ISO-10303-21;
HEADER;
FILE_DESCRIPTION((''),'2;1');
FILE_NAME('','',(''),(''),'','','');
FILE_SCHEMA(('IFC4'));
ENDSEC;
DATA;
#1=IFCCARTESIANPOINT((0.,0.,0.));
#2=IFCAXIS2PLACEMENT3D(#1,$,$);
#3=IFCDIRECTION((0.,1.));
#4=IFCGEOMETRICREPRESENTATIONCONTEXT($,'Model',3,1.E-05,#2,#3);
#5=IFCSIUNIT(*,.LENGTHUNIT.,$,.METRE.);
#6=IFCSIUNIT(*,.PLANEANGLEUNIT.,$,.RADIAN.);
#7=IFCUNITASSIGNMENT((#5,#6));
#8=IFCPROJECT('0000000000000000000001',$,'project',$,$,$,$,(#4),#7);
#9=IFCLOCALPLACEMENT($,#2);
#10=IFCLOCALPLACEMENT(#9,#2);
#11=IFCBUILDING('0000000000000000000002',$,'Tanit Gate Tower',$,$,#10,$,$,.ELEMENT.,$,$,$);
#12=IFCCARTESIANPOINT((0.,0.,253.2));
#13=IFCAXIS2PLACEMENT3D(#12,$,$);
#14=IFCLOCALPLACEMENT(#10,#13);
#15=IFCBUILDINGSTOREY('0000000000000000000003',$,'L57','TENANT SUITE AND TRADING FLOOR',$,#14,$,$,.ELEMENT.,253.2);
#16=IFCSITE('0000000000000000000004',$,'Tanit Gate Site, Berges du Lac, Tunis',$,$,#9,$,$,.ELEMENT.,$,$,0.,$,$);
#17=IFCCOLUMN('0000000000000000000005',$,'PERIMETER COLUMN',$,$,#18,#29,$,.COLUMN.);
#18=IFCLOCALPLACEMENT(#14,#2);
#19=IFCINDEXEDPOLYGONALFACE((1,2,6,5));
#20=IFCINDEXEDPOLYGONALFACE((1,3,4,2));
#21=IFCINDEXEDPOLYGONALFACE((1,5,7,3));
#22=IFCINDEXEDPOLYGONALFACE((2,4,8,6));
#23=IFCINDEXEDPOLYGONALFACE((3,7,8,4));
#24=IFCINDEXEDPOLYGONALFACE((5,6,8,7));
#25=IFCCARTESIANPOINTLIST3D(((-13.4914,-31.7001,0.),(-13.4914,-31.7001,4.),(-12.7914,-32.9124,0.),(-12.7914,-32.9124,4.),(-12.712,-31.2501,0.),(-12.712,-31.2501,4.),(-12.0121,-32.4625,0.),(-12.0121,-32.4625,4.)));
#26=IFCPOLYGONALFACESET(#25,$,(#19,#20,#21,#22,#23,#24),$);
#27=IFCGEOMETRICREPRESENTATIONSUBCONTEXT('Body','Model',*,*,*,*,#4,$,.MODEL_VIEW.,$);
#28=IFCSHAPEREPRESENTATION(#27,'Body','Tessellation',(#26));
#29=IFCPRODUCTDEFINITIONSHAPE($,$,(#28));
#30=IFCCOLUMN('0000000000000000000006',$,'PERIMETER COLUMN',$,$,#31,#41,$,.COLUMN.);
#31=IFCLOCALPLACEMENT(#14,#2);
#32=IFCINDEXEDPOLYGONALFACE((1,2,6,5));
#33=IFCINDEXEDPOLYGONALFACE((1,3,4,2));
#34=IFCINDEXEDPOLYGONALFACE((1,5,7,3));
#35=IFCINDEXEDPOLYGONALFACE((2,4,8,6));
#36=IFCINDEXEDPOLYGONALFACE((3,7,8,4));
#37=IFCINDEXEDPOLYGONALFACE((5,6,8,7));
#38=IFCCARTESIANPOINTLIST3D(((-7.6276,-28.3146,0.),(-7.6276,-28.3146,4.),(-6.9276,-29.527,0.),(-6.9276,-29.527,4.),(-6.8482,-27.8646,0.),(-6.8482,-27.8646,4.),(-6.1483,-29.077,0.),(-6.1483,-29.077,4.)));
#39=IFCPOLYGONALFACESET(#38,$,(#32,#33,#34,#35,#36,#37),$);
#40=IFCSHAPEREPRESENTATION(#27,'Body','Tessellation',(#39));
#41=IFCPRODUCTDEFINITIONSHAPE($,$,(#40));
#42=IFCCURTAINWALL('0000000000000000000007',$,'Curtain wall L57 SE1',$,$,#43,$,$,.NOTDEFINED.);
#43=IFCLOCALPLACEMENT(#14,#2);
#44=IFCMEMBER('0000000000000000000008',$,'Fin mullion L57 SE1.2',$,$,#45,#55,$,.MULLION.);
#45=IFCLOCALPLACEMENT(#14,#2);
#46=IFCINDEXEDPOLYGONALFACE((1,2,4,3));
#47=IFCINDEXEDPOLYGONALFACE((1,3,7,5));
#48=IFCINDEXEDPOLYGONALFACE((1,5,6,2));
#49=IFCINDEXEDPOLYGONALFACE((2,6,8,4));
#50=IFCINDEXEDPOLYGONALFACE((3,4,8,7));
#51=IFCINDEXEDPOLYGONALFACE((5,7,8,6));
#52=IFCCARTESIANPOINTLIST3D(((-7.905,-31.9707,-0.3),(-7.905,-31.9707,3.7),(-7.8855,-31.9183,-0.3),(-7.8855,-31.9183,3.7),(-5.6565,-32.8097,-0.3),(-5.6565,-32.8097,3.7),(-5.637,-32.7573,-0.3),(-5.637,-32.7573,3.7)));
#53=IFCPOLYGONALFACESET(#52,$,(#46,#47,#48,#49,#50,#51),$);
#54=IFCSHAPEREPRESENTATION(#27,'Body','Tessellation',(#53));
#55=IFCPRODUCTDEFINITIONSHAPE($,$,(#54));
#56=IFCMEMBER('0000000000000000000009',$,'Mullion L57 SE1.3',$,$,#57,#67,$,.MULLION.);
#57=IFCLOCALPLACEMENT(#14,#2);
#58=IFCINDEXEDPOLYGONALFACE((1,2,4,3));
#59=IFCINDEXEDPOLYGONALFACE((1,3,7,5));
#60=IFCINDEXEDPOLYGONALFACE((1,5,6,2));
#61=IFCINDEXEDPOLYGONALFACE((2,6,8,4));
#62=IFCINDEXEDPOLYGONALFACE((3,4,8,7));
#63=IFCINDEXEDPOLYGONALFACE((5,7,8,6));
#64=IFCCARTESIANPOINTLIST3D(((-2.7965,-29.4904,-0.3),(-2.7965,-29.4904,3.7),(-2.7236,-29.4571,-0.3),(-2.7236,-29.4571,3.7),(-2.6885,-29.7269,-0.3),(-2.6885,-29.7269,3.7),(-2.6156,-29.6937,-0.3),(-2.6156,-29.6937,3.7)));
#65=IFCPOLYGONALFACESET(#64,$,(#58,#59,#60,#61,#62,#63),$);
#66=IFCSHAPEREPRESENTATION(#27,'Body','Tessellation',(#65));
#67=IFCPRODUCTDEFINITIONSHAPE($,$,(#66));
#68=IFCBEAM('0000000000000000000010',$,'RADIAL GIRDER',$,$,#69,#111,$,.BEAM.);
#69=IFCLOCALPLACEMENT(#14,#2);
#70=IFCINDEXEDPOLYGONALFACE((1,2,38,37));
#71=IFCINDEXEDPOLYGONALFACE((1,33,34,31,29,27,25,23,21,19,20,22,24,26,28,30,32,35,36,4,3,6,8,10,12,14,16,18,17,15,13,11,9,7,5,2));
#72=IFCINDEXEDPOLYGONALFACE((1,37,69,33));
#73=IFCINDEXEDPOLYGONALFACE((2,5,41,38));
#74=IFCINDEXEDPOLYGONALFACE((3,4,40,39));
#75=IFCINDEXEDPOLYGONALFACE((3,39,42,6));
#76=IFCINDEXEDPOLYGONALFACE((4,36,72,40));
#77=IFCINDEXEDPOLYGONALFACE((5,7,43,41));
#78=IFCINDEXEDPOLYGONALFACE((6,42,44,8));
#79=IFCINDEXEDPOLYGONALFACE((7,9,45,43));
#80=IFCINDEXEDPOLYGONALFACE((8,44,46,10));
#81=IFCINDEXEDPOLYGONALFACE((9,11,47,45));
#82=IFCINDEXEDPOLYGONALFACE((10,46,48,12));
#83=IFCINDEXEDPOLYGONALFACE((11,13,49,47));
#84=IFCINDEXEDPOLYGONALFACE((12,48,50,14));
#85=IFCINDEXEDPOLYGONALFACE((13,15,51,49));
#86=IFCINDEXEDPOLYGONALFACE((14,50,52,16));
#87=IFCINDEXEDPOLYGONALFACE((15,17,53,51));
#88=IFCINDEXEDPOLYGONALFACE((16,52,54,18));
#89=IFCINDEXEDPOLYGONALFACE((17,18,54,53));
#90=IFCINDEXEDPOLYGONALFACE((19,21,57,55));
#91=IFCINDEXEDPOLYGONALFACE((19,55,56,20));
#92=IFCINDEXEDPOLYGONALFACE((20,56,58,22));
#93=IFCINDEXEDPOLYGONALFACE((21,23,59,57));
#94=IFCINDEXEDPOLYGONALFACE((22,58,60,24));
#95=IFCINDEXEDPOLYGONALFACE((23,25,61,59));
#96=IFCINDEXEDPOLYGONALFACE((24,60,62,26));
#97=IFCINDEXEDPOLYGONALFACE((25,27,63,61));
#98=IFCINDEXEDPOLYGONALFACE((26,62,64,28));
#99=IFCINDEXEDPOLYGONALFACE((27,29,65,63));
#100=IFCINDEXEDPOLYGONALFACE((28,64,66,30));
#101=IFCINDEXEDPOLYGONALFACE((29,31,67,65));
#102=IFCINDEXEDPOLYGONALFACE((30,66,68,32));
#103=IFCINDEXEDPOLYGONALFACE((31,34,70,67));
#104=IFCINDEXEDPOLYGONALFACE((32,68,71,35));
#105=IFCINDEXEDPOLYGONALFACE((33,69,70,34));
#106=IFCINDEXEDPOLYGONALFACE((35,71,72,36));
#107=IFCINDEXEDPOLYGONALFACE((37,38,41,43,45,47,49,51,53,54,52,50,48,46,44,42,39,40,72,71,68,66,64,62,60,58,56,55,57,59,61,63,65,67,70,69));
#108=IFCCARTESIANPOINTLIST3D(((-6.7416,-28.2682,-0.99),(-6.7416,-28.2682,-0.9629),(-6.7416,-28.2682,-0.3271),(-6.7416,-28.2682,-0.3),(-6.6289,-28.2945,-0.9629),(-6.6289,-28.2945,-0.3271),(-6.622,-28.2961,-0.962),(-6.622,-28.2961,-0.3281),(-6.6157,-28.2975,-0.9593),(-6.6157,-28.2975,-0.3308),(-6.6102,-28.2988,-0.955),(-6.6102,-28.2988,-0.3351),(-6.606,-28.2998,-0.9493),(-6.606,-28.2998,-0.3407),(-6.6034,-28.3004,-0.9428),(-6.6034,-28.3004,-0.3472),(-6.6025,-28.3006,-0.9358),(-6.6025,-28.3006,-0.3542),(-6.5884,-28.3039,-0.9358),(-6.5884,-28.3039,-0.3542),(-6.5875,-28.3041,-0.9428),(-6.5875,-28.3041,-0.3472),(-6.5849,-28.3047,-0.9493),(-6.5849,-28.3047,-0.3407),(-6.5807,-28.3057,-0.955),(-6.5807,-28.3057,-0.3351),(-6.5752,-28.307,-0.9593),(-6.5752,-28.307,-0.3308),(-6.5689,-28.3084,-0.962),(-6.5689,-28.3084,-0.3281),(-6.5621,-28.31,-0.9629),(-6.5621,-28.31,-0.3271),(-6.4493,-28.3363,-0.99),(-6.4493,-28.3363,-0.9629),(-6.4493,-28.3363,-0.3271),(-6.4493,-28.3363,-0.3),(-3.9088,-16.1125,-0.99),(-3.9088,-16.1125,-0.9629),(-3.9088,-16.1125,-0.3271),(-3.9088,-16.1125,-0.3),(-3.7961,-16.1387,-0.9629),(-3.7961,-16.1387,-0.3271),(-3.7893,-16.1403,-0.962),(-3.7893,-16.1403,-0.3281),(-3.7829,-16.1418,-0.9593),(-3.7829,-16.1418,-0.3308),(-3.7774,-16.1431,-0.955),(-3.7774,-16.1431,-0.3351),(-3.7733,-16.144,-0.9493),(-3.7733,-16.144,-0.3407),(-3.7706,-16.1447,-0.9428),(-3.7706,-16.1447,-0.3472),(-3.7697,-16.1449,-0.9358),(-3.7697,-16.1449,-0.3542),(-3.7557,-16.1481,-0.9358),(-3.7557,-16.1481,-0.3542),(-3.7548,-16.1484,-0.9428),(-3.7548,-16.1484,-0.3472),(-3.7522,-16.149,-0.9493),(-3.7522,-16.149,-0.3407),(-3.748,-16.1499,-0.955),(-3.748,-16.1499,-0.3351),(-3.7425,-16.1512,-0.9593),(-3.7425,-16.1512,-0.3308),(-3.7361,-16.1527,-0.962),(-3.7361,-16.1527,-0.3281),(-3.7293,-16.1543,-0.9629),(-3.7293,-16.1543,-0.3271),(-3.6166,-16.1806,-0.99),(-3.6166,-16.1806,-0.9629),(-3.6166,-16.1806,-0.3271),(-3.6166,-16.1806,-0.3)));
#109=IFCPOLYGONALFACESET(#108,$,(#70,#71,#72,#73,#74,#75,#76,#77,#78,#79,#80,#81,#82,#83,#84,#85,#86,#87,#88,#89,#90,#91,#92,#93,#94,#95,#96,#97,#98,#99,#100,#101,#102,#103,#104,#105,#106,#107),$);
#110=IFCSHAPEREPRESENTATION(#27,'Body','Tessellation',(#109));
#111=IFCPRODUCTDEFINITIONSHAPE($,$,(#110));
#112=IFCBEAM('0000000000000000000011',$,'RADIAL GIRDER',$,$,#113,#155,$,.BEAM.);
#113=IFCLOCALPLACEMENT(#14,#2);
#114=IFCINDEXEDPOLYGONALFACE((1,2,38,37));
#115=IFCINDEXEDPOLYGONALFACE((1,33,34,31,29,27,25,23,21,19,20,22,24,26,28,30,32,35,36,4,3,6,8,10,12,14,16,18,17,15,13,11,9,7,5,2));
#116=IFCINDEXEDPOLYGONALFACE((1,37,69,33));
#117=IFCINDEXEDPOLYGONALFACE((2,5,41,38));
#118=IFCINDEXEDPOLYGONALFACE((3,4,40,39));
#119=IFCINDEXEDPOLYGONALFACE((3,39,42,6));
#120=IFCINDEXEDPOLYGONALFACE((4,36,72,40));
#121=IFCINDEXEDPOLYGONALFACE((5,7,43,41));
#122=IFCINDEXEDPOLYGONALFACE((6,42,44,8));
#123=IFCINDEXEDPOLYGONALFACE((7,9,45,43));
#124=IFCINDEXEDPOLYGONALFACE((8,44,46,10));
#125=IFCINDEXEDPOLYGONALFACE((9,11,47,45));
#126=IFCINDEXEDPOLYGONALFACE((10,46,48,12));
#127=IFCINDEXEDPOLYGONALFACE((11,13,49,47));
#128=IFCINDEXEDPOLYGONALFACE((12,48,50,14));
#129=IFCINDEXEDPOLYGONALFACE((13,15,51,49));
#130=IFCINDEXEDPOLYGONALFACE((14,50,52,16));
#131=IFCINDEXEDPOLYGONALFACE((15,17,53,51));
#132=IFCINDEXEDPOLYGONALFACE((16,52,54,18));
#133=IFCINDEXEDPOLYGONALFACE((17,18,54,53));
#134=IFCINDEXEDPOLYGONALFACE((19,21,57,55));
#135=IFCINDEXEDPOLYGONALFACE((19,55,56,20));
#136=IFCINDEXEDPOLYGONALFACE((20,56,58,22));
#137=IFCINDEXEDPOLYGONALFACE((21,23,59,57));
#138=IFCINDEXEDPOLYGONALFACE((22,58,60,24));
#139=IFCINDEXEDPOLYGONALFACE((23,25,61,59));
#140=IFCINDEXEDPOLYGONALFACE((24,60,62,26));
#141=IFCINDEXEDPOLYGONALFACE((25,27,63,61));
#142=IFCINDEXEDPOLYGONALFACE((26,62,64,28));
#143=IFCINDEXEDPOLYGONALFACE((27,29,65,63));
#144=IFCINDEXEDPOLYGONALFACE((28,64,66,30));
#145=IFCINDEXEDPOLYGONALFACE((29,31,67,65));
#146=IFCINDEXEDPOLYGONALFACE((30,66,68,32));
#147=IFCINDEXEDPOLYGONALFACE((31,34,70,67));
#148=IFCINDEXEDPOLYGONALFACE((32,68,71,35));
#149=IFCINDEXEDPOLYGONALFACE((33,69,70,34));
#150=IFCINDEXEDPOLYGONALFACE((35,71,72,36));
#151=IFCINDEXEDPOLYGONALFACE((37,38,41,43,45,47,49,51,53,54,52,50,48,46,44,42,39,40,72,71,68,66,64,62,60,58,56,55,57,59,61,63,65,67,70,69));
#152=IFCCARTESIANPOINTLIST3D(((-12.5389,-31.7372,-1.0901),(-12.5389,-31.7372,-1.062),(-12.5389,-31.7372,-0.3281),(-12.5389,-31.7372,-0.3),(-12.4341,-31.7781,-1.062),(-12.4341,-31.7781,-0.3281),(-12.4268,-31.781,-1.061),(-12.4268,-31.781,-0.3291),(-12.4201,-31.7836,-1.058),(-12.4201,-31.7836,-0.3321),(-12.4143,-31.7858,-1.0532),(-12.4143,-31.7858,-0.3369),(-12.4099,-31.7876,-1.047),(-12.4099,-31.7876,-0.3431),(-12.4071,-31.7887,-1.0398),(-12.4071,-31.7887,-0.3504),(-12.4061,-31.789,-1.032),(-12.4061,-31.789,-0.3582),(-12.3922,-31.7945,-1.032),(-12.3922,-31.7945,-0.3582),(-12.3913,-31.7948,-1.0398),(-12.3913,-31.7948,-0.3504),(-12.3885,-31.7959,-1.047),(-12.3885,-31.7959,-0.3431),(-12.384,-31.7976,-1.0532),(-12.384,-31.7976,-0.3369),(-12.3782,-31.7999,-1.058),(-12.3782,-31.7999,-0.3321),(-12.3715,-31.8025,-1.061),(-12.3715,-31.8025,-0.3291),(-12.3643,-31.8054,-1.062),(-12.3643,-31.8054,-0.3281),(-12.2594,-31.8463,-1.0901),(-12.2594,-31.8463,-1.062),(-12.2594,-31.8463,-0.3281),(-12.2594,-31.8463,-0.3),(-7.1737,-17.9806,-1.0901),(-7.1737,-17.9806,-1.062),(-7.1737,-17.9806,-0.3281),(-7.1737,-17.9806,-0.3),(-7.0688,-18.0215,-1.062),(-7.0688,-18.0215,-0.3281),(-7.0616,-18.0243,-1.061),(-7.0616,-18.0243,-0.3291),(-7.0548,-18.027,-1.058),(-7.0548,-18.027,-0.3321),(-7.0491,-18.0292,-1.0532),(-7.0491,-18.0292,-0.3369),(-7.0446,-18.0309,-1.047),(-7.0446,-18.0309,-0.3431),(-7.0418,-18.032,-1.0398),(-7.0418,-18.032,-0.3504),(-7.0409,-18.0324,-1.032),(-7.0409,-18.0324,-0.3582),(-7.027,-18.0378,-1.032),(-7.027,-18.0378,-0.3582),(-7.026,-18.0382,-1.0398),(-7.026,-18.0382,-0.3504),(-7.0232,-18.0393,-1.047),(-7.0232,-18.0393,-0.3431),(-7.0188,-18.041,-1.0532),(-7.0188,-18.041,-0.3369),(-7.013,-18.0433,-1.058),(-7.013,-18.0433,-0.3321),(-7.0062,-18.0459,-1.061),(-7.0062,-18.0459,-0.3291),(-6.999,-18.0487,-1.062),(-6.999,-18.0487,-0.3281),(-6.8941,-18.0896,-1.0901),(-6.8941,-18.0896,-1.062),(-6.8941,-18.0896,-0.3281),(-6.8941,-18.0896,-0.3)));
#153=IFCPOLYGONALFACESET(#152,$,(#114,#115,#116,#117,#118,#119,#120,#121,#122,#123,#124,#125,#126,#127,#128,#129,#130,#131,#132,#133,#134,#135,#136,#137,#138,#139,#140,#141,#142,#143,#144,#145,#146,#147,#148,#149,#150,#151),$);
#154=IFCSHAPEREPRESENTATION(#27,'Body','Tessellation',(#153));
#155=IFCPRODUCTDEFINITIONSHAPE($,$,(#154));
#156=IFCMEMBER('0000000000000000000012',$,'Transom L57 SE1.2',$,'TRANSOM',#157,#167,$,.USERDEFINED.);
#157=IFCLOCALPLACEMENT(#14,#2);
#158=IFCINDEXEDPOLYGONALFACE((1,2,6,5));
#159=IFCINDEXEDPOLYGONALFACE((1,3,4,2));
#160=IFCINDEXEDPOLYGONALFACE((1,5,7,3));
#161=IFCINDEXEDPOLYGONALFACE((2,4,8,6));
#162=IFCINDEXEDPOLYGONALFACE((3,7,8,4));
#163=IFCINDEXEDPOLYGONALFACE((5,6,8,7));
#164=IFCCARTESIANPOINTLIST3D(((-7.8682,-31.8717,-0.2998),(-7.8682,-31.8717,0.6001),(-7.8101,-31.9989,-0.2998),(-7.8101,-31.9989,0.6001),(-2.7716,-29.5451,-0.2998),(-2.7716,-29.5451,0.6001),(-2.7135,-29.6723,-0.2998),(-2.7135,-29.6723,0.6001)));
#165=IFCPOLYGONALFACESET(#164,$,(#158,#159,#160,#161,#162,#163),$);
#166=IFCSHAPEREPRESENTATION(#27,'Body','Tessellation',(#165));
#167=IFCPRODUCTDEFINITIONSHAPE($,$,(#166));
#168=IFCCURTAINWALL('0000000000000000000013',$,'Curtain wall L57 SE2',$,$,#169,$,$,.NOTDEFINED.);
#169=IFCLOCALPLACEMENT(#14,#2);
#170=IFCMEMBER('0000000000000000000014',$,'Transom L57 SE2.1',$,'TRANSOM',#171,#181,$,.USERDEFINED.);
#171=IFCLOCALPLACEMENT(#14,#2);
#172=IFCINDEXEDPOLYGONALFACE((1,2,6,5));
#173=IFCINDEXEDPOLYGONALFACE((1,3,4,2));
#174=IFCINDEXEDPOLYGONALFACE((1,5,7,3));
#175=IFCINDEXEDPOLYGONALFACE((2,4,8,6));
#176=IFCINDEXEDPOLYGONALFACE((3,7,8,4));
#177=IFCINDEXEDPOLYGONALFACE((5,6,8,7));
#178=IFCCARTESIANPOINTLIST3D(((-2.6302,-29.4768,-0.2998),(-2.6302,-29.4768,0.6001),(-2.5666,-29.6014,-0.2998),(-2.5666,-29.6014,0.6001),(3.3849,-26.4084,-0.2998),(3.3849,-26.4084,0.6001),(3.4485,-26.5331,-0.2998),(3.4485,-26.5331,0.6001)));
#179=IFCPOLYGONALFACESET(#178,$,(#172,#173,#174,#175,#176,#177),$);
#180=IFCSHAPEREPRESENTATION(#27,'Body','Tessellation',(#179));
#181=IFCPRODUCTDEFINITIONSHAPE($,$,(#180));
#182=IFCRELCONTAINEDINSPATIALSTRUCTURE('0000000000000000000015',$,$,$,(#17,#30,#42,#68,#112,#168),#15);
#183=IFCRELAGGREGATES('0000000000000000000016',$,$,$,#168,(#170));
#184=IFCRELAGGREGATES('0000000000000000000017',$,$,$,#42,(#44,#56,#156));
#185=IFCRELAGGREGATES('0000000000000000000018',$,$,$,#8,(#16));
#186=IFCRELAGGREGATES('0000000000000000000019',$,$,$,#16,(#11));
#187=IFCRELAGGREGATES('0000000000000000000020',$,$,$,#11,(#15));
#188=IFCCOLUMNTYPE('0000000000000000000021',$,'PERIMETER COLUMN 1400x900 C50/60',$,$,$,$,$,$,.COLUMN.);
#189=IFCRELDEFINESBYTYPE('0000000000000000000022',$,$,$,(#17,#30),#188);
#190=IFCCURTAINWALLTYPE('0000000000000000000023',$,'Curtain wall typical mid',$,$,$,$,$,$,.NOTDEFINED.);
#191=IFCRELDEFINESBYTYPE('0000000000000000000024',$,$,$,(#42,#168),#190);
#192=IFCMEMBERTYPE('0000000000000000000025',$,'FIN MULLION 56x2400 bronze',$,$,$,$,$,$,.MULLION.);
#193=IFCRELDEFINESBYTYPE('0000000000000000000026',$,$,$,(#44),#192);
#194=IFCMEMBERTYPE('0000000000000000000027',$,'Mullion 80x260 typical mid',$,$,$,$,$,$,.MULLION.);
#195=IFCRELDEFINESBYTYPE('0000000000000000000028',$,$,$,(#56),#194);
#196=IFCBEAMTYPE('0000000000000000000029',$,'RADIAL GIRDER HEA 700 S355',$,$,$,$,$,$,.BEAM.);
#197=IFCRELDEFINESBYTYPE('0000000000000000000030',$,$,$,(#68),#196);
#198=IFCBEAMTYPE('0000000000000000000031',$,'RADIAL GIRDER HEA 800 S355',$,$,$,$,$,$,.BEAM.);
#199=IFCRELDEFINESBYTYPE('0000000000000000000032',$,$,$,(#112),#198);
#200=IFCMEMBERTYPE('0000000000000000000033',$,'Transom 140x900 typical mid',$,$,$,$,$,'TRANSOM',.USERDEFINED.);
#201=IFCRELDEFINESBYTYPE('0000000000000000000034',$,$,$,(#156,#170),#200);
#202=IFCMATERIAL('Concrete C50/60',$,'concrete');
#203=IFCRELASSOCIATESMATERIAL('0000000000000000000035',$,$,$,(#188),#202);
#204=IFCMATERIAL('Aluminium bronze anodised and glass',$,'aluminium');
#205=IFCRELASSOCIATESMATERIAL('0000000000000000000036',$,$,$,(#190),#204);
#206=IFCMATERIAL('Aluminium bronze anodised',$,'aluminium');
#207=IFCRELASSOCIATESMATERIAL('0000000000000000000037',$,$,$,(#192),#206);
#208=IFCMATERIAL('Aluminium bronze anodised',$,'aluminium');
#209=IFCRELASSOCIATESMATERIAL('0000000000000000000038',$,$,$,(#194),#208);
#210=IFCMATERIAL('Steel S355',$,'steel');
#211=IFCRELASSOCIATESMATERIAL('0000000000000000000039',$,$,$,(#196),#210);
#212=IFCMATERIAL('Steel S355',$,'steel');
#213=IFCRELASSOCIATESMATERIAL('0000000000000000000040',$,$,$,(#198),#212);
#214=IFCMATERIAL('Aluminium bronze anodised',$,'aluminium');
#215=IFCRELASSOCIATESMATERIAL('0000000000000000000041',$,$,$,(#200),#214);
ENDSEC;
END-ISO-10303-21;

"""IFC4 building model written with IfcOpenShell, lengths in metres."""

from ifc_helpers import new_model, si_unit, direction, frame, origin, origin_2d, place, context, subcontext, project, spatial, rectangle, i_section, extrude, material, material_profile, profile_set, type_object, element, aggregate, save


model = new_model("IFC4")

# Units and contexts
model_context = context("Model", 3, precision=1e-05, world=origin(), true_north=direction((0.0, 1.0)))
body_context = subcontext(model_context, "Body", "Model", "MODEL_VIEW")
ifc_project = project(units=[si_unit("LENGTHUNIT", "METRE"), si_unit("PLANEANGLEUNIT", "RADIAN")], contexts=[model_context])

# Site, building, storey
site_placement = place(None, origin())
site = spatial("IfcSite", under=ifc_project, at=site_placement, Name="Tanit Gate Site, Berges du Lac, Tunis", CompositionType="ELEMENT", RefElevation=0.0)
building_placement = place(site_placement, origin())
building = spatial("IfcBuilding", under=site, at=building_placement, Name="Tanit Gate Tower", CompositionType="ELEMENT")
storey_placement = place(building_placement, frame((0.0, 0.0, 253.2)))
storey = spatial("IfcBuildingStorey", under=building, at=storey_placement, Name="L57", Description="TENANT SUITE AND TRADING FLOOR", CompositionType="ELEMENT", Elevation=253.2)

# Columns
ifc_material_1 = material(Name="Concrete C50/60", Category="concrete")
ifc_material_profile_1 = material_profile(ifc_material_1, rectangle(XDim=1.3999, YDim=0.8999, at=origin_2d()), Name="RC 1400x900")
ifc_profile_set_1 = profile_set([ifc_material_profile_1], Name="Concrete C50/60")
column_type = type_object("IfcColumnType", Name="PERIMETER COLUMN 1400x900 C50/60", PredefinedType="COLUMN", material=ifc_profile_set_1)
for number, where, z_axis, x_axis, name in (
    (1, (-12.7517, -32.0813, 0.0), (0.0, 0.0, 1.0), (0.5, -0.866025, 0.0), "PERIMETER COLUMN"),
    (2, (-6.8879, -28.6958, 0.0), (0.0, 0.0, 1.0), (0.5, -0.866025, 0.0), "PERIMETER COLUMN"),
):
    element("IfcColumn", number, at=place(storey_placement, frame(where, z_axis=z_axis, x_axis=x_axis)), inside=storey, type_object=column_type, Name=name, PredefinedType="COLUMN", context=body_context, shape_type="SweptSolid", body=[
        extrude(rectangle(XDim=1.3999, YDim=0.8999, at=origin_2d()), origin(), (0.0, 0.0, 1.0), 4.0),
    ])

# Curtain wall, members
ifc_material_2 = material(Name="Aluminium bronze anodised and glass", Category="aluminium")
curtain_wall_type = type_object("IfcCurtainWallType", Name="Curtain wall typical mid", PredefinedType="NOTDEFINED", material=ifc_material_2)
curtain_wall_1_placement = place(storey_placement, origin())
curtain_wall_1 = element("IfcCurtainWall", 3, at=curtain_wall_1_placement, inside=storey, type_object=curtain_wall_type, Name="Curtain wall L57 SE1", PredefinedType="NOTDEFINED")
ifc_material_3 = material(Name="Aluminium bronze anodised", Category="aluminium")
ifc_material_profile_2 = material_profile(ifc_material_3, rectangle(XDim=2.3999, YDim=0.0559, at=origin_2d()), Name="56x2400 bronze fin mullion")
ifc_profile_set_2 = profile_set([ifc_material_profile_2], Name="Aluminium bronze anodised")
member_type_1 = type_object("IfcMemberType", Name="FIN MULLION 56x2400 bronze", PredefinedType="MULLION", material=ifc_profile_set_2)
member_1_placement = place(storey_placement, frame((-6.771, -32.364, -0.3), z_axis=(0.0, 0.0, 1.0), x_axis=(-0.936905, 0.349583, 0.0)))
member_1 = element("IfcMember", 4, at=member_1_placement, type_object=member_type_1, Name="Fin mullion L57 SE1.2", PredefinedType="MULLION", context=body_context, shape_type="SweptSolid", body=[
    extrude(rectangle(XDim=2.3999, YDim=0.0559, at=origin_2d()), origin(), (0.0, 0.0, 1.0), 4.0),
])
ifc_material_4 = material(Name="Aluminium bronze anodised", Category="aluminium")
ifc_material_profile_3 = material_profile(ifc_material_4, rectangle(XDim=0.26, YDim=0.0801, at=origin_2d()), Name="80x260 bronze mullion")
ifc_profile_set_3 = profile_set([ifc_material_profile_3], Name="Aluminium bronze anodised")
member_type_2 = type_object("IfcMemberType", Name="Mullion 80x260 typical mid", PredefinedType="MULLION", material=ifc_profile_set_3)
member_2_placement = place(storey_placement, frame((-2.7061, -29.592, -0.3), z_axis=(0.0, 0.0, 1.0), x_axis=(-0.4153, 0.909685, 0.0)))
member_2 = element("IfcMember", 5, at=member_2_placement, type_object=member_type_2, Name="Mullion L57 SE1.3", PredefinedType="MULLION", context=body_context, shape_type="SweptSolid", body=[
    extrude(rectangle(XDim=0.26, YDim=0.0801, at=origin_2d()), origin(), (0.0, 0.0, 1.0), 4.0),
])

# Beams
ifc_material_5 = material(Name="Steel S355", Category="steel")
ifc_material_profile_4 = material_profile(ifc_material_5, i_section(OverallWidth=0.3, OverallDepth=0.6899, WebThickness=0.0144, FlangeThickness=0.0271, FilletRadius=0.0271, at=origin_2d()), Name="HEA 700")
ifc_profile_set_4 = profile_set([ifc_material_profile_4], Name="Steel S355")
beam_type_1 = type_object("IfcBeamType", Name="RADIAL GIRDER HEA 700 S355", PredefinedType="BEAM", material=ifc_profile_set_4)
beam_1_placement = place(storey_placement, frame((-6.5955, -28.3022, -0.645), z_axis=(0.226958, 0.973905, 0.0), x_axis=(-0.973905, 0.226958, 0.0)))
element("IfcBeam", 6, at=beam_1_placement, inside=storey, type_object=beam_type_1, Name="RADIAL GIRDER", PredefinedType="BEAM", context=body_context, shape_type="SweptSolid", body=[
    extrude(i_section(OverallWidth=0.3, OverallDepth=0.6899, WebThickness=0.0144, FlangeThickness=0.0271, FilletRadius=0.0271, at=origin_2d()), origin(), (0.0, 0.0, 1.0), 12.4814),
])
ifc_material_6 = material(Name="Steel S355", Category="steel")
ifc_material_profile_5 = material_profile(ifc_material_6, i_section(OverallWidth=0.3, OverallDepth=0.79, WebThickness=0.0149, FlangeThickness=0.0281, FilletRadius=0.03, at=origin_2d()), Name="HEA 800")
ifc_profile_set_5 = profile_set([ifc_material_profile_5], Name="Steel S355")
beam_type_2 = type_object("IfcBeamType", Name="RADIAL GIRDER HEA 800 S355", PredefinedType="BEAM", material=ifc_profile_set_5)
beam_2_placement = place(storey_placement, frame((-12.3992, -31.7917, -0.6951), z_axis=(0.363355, 0.931651, 0.0), x_axis=(-0.931651, 0.363355, 0.0)))
element("IfcBeam", 7, at=beam_2_placement, inside=storey, type_object=beam_type_2, Name="RADIAL GIRDER", PredefinedType="BEAM", context=body_context, shape_type="SweptSolid", body=[
    extrude(i_section(OverallWidth=0.3, OverallDepth=0.79, WebThickness=0.0149, FlangeThickness=0.0281, FilletRadius=0.03, at=origin_2d()), origin(), (0.0, 0.0, 1.0), 14.7659),
])

# Member
ifc_material_7 = material(Name="Aluminium bronze anodised", Category="aluminium")
ifc_material_profile_6 = material_profile(ifc_material_7, rectangle(XDim=0.1399, YDim=0.8999, at=origin_2d()), Name="140x900 bronze transom")
ifc_profile_set_6 = profile_set([ifc_material_profile_6], Name="Aluminium bronze anodised")
member_type_3 = type_object("IfcMemberType", Name="Transom 140x900 typical mid", ElementType="TRANSOM", PredefinedType="USERDEFINED", material=ifc_profile_set_6)
member_3_placement = place(storey_placement, frame((-7.8391, -31.9353, 0.1501), z_axis=(0.909694, 0.41528, 0.0), x_axis=(-0.41528, 0.909694, 0.0)))
member_3 = element("IfcMember", 8, at=member_3_placement, type_object=member_type_3, Name="Transom L57 SE1.2", ObjectType="TRANSOM", PredefinedType="USERDEFINED", context=body_context, shape_type="SweptSolid", body=[
    extrude(rectangle(XDim=0.1399, YDim=0.8999, at=origin_2d()), origin(), (0.0, 0.0, 1.0), 5.6025),
])

# Curtain wall, member
curtain_wall_2_placement = place(storey_placement, origin())
curtain_wall_2 = element("IfcCurtainWall", 9, at=curtain_wall_2_placement, inside=storey, type_object=curtain_wall_type, Name="Curtain wall L57 SE2", PredefinedType="NOTDEFINED")
member_4_placement = place(storey_placement, frame((-2.5984, -29.5391, 0.1501), z_axis=(0.890797, 0.454401, 0.0), x_axis=(-0.454401, 0.890797, 0.0)))
member_4 = element("IfcMember", 10, at=member_4_placement, type_object=member_type_3, Name="Transom L57 SE2.1", ObjectType="TRANSOM", PredefinedType="USERDEFINED", context=body_context, shape_type="SweptSolid", body=[
    extrude(rectangle(XDim=0.1399, YDim=0.8999, at=origin_2d()), origin(), (0.0, 0.0, 1.0), 6.7524),
])
aggregate(curtain_wall_2, [member_4])

aggregate(curtain_wall_1, [member_1, member_2, member_3])

save(model, "model.ifc")
